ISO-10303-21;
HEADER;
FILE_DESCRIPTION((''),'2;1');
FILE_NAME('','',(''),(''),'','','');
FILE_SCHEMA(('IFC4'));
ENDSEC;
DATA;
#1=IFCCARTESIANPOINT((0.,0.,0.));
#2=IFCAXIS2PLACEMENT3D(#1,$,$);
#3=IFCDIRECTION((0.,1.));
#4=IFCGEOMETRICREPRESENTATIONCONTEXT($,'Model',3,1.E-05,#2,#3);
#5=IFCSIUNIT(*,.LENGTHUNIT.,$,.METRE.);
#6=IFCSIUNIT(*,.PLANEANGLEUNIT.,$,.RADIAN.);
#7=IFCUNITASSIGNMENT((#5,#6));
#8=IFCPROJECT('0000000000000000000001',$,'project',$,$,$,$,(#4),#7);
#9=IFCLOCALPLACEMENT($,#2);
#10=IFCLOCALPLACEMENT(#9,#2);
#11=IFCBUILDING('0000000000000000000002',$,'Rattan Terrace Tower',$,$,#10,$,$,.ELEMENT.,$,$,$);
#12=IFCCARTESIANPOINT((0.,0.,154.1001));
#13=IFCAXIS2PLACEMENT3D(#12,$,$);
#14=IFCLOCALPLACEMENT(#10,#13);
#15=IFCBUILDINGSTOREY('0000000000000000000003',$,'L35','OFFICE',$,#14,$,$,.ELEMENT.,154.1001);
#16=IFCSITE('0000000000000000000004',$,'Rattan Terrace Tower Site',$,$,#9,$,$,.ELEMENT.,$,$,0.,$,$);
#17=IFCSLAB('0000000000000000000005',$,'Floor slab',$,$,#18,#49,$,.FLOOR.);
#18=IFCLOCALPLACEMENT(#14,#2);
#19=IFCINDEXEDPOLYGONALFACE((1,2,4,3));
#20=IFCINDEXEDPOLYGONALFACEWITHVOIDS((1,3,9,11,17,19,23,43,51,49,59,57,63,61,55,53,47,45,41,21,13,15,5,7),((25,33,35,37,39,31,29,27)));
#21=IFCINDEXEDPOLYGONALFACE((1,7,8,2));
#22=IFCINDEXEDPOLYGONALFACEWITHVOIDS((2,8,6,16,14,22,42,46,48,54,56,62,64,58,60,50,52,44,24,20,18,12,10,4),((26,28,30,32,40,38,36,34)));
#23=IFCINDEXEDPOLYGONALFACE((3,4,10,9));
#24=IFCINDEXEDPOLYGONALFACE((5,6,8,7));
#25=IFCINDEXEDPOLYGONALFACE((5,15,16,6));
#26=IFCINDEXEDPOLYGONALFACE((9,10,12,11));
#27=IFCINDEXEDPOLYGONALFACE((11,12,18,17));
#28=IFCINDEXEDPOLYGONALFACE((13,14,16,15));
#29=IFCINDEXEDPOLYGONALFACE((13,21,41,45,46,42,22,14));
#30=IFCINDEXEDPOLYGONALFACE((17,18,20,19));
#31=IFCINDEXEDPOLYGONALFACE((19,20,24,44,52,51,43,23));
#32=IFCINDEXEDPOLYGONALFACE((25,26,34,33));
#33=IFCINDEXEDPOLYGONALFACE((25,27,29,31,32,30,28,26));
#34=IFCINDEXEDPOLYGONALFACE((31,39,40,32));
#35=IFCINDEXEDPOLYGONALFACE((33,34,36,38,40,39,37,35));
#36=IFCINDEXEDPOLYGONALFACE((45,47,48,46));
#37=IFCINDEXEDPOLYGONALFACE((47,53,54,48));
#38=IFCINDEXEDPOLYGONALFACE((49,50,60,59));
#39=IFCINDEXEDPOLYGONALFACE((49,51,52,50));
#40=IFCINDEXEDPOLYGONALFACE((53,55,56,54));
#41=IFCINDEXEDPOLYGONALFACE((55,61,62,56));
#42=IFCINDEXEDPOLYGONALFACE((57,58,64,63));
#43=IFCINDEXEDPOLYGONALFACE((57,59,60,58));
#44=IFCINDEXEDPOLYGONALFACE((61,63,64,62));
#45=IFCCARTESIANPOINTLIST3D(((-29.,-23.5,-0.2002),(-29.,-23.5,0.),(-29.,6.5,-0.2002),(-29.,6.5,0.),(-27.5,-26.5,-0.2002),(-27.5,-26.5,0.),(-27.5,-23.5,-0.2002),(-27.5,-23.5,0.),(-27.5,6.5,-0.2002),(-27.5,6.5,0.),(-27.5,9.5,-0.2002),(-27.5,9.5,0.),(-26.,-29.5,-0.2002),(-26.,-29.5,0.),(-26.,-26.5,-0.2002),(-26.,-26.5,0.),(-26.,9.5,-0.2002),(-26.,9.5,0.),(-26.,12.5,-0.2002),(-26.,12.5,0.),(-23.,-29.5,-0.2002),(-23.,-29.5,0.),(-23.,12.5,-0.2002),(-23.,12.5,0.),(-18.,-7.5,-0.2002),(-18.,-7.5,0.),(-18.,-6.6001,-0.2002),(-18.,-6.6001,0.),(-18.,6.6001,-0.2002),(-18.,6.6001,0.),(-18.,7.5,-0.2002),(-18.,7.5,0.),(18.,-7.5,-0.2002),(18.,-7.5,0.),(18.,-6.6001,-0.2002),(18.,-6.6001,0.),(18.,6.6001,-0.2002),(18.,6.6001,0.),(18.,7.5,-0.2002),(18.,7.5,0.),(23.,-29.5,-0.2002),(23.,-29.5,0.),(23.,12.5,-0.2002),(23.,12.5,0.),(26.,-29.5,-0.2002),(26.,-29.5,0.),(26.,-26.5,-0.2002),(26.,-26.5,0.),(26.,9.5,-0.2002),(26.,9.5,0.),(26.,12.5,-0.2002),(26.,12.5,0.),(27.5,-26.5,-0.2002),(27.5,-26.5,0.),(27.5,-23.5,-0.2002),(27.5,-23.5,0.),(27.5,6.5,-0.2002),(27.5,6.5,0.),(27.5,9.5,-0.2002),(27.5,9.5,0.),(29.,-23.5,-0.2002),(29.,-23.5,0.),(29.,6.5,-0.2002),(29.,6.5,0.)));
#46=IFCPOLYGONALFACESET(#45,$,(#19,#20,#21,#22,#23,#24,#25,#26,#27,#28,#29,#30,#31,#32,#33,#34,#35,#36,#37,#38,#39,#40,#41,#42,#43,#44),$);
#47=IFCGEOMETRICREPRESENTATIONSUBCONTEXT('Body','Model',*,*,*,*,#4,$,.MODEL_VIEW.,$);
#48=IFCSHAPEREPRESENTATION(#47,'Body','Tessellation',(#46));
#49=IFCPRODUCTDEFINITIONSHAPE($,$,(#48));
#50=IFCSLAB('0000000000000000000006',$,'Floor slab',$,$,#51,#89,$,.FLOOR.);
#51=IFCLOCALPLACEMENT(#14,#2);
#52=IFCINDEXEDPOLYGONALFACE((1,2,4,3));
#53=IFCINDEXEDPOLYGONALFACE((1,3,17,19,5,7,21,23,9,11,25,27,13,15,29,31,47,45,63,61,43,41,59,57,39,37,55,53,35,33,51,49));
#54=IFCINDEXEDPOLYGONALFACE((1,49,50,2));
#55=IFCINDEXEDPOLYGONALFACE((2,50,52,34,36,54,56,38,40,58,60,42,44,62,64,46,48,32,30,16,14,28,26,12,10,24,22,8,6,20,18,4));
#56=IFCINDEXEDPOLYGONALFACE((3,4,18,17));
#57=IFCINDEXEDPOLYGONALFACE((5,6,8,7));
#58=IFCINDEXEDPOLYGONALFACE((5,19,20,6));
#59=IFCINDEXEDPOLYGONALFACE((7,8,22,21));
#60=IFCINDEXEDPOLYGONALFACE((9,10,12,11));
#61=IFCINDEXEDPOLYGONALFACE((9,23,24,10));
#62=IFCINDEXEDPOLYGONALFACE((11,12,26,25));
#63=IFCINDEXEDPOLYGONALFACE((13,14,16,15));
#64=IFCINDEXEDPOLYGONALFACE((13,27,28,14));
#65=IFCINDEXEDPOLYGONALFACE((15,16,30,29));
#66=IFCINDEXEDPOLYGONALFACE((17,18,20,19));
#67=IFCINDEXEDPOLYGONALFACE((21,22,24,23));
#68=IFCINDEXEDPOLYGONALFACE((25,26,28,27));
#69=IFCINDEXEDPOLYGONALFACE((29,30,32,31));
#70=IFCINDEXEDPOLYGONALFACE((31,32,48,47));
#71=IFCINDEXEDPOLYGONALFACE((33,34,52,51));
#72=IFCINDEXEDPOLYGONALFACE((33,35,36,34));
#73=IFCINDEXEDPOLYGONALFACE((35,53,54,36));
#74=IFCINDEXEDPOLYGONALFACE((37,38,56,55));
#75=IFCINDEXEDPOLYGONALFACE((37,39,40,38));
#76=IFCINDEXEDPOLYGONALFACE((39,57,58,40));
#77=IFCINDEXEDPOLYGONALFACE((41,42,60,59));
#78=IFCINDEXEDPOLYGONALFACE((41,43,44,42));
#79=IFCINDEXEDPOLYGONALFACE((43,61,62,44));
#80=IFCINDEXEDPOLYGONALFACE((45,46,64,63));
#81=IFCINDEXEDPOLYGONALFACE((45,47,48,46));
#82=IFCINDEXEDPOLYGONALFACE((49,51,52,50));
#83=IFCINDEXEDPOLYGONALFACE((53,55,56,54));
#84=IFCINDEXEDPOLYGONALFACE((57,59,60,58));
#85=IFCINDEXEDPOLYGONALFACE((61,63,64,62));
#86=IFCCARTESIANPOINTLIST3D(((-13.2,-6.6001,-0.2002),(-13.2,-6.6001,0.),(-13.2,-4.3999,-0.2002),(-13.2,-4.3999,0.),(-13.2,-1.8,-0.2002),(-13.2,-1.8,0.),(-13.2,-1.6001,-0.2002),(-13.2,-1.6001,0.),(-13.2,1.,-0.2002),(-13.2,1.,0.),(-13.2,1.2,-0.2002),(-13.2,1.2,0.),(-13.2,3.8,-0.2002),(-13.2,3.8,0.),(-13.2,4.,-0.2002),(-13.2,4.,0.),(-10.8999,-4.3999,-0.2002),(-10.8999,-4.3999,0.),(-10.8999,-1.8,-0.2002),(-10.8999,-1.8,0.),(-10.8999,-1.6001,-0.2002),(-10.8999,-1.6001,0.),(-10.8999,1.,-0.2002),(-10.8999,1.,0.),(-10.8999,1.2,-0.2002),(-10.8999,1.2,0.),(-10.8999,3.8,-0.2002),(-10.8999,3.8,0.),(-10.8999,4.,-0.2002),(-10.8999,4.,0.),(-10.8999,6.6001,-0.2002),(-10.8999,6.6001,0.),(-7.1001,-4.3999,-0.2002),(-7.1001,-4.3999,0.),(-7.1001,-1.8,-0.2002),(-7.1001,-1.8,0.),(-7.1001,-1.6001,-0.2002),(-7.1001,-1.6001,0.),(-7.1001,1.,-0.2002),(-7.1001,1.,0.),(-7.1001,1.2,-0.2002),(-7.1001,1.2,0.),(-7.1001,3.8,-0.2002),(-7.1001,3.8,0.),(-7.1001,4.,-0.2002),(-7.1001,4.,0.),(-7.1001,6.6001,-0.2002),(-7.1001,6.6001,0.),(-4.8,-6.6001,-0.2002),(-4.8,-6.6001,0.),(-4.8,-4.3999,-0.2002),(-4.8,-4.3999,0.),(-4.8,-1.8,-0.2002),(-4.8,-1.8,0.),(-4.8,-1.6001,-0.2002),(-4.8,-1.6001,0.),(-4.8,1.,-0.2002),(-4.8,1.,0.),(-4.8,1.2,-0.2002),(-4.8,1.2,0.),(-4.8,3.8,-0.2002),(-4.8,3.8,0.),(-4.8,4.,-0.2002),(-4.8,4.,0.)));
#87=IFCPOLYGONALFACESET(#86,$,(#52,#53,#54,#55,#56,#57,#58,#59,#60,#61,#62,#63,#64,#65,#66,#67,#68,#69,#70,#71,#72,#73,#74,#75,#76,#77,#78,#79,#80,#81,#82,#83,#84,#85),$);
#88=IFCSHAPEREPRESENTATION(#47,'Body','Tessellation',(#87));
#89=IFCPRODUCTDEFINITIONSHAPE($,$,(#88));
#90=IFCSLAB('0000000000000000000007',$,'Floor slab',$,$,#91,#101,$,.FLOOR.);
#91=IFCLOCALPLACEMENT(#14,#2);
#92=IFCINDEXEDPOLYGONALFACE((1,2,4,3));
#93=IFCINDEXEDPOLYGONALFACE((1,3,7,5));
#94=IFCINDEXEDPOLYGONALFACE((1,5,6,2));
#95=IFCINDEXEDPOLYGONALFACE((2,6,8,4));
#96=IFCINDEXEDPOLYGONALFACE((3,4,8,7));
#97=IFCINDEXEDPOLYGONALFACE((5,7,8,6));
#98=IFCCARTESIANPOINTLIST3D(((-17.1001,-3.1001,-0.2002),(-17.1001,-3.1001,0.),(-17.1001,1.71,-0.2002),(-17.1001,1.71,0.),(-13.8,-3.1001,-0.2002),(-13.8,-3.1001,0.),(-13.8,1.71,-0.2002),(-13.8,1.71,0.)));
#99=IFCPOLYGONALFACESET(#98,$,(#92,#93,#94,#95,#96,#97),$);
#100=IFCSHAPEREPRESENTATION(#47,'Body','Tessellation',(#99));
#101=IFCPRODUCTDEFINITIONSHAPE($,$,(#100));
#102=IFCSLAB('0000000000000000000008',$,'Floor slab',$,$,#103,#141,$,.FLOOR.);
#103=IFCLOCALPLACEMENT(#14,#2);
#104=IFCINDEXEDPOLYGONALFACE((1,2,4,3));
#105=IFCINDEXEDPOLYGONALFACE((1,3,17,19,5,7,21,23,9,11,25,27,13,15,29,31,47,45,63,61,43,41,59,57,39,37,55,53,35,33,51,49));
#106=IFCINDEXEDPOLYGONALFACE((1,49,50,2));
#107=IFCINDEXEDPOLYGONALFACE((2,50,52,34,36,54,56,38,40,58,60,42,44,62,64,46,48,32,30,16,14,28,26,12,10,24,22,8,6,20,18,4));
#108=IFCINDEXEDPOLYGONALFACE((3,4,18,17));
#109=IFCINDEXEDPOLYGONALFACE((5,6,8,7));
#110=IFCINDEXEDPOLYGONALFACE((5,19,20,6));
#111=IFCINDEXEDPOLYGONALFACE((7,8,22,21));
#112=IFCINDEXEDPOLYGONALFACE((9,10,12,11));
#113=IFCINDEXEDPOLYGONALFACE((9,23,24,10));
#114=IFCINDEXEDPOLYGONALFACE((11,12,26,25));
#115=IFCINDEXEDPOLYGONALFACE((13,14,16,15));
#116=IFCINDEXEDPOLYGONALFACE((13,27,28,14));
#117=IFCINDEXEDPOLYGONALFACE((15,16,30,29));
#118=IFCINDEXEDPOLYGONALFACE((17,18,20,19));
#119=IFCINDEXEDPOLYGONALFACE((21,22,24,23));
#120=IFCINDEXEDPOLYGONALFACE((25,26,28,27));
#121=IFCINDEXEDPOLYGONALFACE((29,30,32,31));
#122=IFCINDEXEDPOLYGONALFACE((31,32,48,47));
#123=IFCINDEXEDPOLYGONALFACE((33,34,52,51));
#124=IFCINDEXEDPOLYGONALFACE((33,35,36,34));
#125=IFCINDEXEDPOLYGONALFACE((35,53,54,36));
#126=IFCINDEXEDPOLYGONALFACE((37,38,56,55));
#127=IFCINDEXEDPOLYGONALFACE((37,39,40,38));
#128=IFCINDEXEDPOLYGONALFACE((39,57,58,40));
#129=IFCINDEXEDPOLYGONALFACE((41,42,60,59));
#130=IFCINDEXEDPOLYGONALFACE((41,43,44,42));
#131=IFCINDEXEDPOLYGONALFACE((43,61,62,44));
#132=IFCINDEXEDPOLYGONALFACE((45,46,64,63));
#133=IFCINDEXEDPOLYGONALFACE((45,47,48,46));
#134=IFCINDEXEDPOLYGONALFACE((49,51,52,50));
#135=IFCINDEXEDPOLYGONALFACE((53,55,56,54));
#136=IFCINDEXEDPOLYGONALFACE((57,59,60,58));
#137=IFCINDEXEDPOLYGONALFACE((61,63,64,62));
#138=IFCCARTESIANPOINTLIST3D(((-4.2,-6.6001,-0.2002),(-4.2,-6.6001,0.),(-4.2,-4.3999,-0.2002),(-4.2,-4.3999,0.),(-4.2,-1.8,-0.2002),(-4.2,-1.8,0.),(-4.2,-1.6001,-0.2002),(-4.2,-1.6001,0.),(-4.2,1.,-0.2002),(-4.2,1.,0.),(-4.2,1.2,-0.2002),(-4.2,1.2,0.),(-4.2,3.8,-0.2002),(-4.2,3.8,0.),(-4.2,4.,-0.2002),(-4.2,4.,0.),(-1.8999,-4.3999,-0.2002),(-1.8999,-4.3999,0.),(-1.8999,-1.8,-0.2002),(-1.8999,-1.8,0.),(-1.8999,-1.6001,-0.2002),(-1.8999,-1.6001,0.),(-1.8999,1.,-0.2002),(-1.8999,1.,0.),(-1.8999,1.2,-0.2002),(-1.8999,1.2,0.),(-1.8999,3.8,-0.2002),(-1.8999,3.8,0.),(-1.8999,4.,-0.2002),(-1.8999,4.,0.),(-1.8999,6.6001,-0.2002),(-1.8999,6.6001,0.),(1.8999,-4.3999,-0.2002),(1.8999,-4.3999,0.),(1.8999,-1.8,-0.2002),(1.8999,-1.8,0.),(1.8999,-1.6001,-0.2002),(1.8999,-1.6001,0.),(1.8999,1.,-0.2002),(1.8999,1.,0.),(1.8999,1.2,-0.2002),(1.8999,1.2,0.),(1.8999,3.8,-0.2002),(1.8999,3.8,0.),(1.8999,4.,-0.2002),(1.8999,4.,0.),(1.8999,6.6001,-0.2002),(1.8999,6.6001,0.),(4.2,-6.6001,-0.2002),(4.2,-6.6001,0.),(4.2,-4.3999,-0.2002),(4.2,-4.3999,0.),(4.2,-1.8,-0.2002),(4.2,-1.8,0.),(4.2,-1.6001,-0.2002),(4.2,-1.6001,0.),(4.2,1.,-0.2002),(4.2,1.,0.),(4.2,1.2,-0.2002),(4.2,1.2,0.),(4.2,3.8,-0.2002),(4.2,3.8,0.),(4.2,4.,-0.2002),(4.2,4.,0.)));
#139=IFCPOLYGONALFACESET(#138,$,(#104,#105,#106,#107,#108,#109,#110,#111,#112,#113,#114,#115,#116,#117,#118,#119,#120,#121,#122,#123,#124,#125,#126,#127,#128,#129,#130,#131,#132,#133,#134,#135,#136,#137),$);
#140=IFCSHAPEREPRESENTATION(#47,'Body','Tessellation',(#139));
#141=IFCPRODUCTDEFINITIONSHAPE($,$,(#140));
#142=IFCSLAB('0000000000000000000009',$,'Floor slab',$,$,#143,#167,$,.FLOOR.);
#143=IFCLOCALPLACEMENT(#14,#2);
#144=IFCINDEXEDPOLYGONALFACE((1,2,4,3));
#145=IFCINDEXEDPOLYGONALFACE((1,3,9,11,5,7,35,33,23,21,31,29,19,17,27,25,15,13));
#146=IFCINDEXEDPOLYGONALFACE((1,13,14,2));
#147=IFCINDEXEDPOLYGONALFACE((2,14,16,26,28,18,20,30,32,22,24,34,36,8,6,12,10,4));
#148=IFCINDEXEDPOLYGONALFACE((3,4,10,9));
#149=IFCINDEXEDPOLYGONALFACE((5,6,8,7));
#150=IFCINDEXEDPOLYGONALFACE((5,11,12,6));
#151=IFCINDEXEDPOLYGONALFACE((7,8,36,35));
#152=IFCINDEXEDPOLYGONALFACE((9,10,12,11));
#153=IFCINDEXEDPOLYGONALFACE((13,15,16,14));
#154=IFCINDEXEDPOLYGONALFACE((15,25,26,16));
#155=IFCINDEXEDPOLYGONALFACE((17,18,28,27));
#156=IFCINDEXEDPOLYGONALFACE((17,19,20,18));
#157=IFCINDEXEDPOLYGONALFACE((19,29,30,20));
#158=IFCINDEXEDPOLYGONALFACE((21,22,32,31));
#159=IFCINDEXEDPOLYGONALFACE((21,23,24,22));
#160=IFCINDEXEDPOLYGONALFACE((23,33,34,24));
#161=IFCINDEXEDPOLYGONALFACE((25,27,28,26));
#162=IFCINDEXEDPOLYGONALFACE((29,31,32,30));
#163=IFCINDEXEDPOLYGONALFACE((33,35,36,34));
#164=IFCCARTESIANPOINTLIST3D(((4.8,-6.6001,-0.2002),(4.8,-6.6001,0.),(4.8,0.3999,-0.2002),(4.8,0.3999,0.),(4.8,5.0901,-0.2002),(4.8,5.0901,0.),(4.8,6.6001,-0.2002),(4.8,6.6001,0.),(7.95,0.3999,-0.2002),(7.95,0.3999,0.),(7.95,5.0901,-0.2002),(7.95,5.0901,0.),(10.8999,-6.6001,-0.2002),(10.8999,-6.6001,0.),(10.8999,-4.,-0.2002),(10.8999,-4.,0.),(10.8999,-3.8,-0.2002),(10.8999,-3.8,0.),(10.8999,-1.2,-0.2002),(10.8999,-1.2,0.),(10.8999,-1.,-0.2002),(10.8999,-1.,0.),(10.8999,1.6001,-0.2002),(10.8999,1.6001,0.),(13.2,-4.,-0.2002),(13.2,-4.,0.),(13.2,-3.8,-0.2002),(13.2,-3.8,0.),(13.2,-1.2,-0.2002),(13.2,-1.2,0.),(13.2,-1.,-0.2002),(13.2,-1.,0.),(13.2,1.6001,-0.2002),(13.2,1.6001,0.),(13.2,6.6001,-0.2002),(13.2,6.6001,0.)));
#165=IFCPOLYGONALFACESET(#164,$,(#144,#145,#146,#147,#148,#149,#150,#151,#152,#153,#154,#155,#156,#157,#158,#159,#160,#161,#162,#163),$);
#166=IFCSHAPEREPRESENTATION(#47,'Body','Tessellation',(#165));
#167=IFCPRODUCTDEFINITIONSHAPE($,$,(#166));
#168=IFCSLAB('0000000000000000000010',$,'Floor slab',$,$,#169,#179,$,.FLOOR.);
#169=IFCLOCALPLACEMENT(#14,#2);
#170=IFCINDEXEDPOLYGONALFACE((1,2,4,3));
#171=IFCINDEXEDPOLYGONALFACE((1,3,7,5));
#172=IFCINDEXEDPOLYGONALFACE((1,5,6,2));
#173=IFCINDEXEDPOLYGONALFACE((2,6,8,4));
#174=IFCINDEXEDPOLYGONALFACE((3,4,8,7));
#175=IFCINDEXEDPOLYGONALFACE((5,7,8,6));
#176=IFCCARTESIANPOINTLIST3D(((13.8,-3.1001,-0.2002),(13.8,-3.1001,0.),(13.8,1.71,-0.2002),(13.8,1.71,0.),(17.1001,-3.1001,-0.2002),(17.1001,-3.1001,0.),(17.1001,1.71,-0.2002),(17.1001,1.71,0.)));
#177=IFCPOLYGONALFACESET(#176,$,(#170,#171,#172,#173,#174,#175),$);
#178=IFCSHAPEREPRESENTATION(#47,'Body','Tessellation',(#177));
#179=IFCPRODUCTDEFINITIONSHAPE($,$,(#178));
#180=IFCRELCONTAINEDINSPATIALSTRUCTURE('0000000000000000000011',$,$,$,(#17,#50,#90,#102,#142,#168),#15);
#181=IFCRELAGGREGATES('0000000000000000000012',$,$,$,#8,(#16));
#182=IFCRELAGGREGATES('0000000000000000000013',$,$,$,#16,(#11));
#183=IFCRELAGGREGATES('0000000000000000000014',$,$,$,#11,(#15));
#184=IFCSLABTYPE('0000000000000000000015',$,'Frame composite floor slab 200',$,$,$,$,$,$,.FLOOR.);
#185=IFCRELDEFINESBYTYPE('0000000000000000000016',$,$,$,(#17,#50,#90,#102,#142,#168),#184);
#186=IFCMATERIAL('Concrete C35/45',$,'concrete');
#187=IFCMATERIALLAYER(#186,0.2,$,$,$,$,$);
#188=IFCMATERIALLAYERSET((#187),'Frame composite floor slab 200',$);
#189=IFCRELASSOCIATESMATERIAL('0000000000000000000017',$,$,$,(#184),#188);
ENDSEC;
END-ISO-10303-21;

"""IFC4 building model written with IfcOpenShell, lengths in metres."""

from ifc_helpers import new_model, si_unit, direction, frame, origin, place, context, subcontext, project, spatial, polyline, outline, extrude, material, layer, layer_set, type_object, element, save


model = new_model("IFC4")

# Units and contexts
model_context = context("Model", 3, precision=1e-05, world=origin(), true_north=direction((0.0, 1.0)))
body_context = subcontext(model_context, "Body", "Model", "MODEL_VIEW")
ifc_project = project(units=[si_unit("LENGTHUNIT", "METRE"), si_unit("PLANEANGLEUNIT", "RADIAN")], contexts=[model_context])

# Site, building, storey
site_placement = place(None, origin())
site = spatial("IfcSite", under=ifc_project, at=site_placement, Name="Rattan Terrace Tower Site", CompositionType="ELEMENT", RefElevation=0.0)
building_placement = place(site_placement, origin())
building = spatial("IfcBuilding", under=site, at=building_placement, Name="Rattan Terrace Tower", CompositionType="ELEMENT")
storey_placement = place(building_placement, frame((0.0, 0.0, 154.1001)))
storey = spatial("IfcBuildingStorey", under=building, at=storey_placement, Name="L35", Description="OFFICE", CompositionType="ELEMENT", Elevation=154.1001)

# Slabs
ifc_material_1 = material(Name="Concrete C35/45", Category="concrete")
ifc_layer_1 = layer(ifc_material_1, 0.2)
ifc_layer_set_1 = layer_set([ifc_layer_1], Name="Frame composite floor slab 200")
slab_type_1 = type_object("IfcSlabType", Name="Frame composite floor slab 200", PredefinedType="FLOOR", material=ifc_layer_set_1)
slab_1_placement = place(storey_placement, frame((0.0, 0.0, -0.2002)))
element("IfcSlab", 1, at=slab_1_placement, inside=storey, type_object=slab_type_1, Name="Floor slab", PredefinedType="FLOOR", context=body_context, shape_type="SweptSolid", body=[
    extrude(outline(polyline([(-23.0, -29.5), (23.0, -29.5), (26.0, -29.5), (26.0, -26.5), (27.5, -26.5), (27.5, -23.5), (29.0, -23.5), (29.0, 6.5), (27.5, 6.5), (27.5, 9.5), (26.0, 9.5), (26.0, 12.5), (23.0, 12.5), (-23.0, 12.5), (-26.0, 12.5), (-26.0, 9.5), (-27.5, 9.5), (-27.5, 6.5), (-29.0, 6.5), (-29.0, -23.5), (-27.5, -23.5), (-27.5, -26.5), (-26.0, -26.5), (-26.0, -29.5), (-23.0, -29.5)]), holes=[polyline([(-18.0, -6.6001), (-18.0, -7.5), (18.0, -7.5), (18.0, -6.6001), (18.0, 6.6001), (18.0, 7.5), (-18.0, 7.5), (-18.0, 6.6001), (-18.0, -6.6001)])]), origin(), (0.0, 0.0, 1.0), 0.2002),
])
slab_2_placement = place(storey_placement, frame((0.0, 0.0, -0.2002)))
element("IfcSlab", 2, at=slab_2_placement, inside=storey, type_object=slab_type_1, Name="Floor slab", PredefinedType="FLOOR", context=body_context, shape_type="SweptSolid", body=[
    extrude(outline(polyline([(-10.8999, 6.6001), (-10.8999, 4.0), (-13.2, 4.0), (-13.2, 3.8), (-10.8999, 3.8), (-10.8999, 1.2), (-13.2, 1.2), (-13.2, 1.0), (-10.8999, 1.0), (-10.8999, -1.6001), (-13.2, -1.6001), (-13.2, -1.8), (-10.8999, -1.8), (-10.8999, -4.3999), (-13.2, -4.3999), (-13.2, -6.6001), (-4.8, -6.6001), (-4.8, -4.3999), (-7.1001, -4.3999), (-7.1001, -1.8), (-4.8, -1.8), (-4.8, -1.6001), (-7.1001, -1.6001), (-7.1001, 1.0), (-4.8, 1.0), (-4.8, 1.2), (-7.1001, 1.2), (-7.1001, 3.8), (-4.8, 3.8), (-4.8, 4.0), (-7.1001, 4.0), (-7.1001, 6.6001), (-10.8999, 6.6001)])), origin(), (0.0, 0.0, 1.0), 0.2002),
])
slab_3_placement = place(storey_placement, frame((0.0, 0.0, -0.2002)))
element("IfcSlab", 3, at=slab_3_placement, inside=storey, type_object=slab_type_1, Name="Floor slab", PredefinedType="FLOOR", context=body_context, shape_type="SweptSolid", body=[
    extrude(outline(polyline([(-17.1001, -3.1001), (-13.8, -3.1001), (-13.8, 1.71), (-17.1001, 1.71), (-17.1001, -3.1001)])), origin(), (0.0, 0.0, 1.0), 0.2002),
])
slab_4_placement = place(storey_placement, frame((0.0, 0.0, -0.2002)))
element("IfcSlab", 4, at=slab_4_placement, inside=storey, type_object=slab_type_1, Name="Floor slab", PredefinedType="FLOOR", context=body_context, shape_type="SweptSolid", body=[
    extrude(outline(polyline([(-4.2, 4.0), (-4.2, 3.8), (-1.8999, 3.8), (-1.8999, 1.2), (-4.2, 1.2), (-4.2, 1.0), (-1.8999, 1.0), (-1.8999, -1.6001), (-4.2, -1.6001), (-4.2, -1.8), (-1.8999, -1.8), (-1.8999, -4.3999), (-4.2, -4.3999), (-4.2, -6.6001), (4.2, -6.6001), (4.2, -4.3999), (1.8999, -4.3999), (1.8999, -1.8), (4.2, -1.8), (4.2, -1.6001), (1.8999, -1.6001), (1.8999, 1.0), (4.2, 1.0), (4.2, 1.2), (1.8999, 1.2), (1.8999, 3.8), (4.2, 3.8), (4.2, 4.0), (1.8999, 4.0), (1.8999, 6.6001), (-1.8999, 6.6001), (-1.8999, 4.0), (-4.2, 4.0)])), origin(), (0.0, 0.0, 1.0), 0.2002),
])
slab_5_placement = place(storey_placement, frame((0.0, 0.0, -0.2002)))
element("IfcSlab", 5, at=slab_5_placement, inside=storey, type_object=slab_type_1, Name="Floor slab", PredefinedType="FLOOR", context=body_context, shape_type="SweptSolid", body=[
    extrude(outline(polyline([(4.8, 5.0901), (7.95, 5.0901), (7.95, 0.3999), (4.8, 0.3999), (4.8, -6.6001), (10.8999, -6.6001), (10.8999, -4.0), (13.2, -4.0), (13.2, -3.8), (10.8999, -3.8), (10.8999, -1.2), (13.2, -1.2), (13.2, -1.0), (10.8999, -1.0), (10.8999, 1.6001), (13.2, 1.6001), (13.2, 6.6001), (4.8, 6.6001), (4.8, 5.0901)])), origin(), (0.0, 0.0, 1.0), 0.2002),
])
slab_6_placement = place(storey_placement, frame((0.0, 0.0, -0.2002)))
element("IfcSlab", 6, at=slab_6_placement, inside=storey, type_object=slab_type_1, Name="Floor slab", PredefinedType="FLOOR", context=body_context, shape_type="SweptSolid", body=[
    extrude(outline(polyline([(13.8, -3.1001), (17.1001, -3.1001), (17.1001, 1.71), (13.8, 1.71), (13.8, -3.1001)])), origin(), (0.0, 0.0, 1.0), 0.2002),
])

save(model, "model.ifc")
